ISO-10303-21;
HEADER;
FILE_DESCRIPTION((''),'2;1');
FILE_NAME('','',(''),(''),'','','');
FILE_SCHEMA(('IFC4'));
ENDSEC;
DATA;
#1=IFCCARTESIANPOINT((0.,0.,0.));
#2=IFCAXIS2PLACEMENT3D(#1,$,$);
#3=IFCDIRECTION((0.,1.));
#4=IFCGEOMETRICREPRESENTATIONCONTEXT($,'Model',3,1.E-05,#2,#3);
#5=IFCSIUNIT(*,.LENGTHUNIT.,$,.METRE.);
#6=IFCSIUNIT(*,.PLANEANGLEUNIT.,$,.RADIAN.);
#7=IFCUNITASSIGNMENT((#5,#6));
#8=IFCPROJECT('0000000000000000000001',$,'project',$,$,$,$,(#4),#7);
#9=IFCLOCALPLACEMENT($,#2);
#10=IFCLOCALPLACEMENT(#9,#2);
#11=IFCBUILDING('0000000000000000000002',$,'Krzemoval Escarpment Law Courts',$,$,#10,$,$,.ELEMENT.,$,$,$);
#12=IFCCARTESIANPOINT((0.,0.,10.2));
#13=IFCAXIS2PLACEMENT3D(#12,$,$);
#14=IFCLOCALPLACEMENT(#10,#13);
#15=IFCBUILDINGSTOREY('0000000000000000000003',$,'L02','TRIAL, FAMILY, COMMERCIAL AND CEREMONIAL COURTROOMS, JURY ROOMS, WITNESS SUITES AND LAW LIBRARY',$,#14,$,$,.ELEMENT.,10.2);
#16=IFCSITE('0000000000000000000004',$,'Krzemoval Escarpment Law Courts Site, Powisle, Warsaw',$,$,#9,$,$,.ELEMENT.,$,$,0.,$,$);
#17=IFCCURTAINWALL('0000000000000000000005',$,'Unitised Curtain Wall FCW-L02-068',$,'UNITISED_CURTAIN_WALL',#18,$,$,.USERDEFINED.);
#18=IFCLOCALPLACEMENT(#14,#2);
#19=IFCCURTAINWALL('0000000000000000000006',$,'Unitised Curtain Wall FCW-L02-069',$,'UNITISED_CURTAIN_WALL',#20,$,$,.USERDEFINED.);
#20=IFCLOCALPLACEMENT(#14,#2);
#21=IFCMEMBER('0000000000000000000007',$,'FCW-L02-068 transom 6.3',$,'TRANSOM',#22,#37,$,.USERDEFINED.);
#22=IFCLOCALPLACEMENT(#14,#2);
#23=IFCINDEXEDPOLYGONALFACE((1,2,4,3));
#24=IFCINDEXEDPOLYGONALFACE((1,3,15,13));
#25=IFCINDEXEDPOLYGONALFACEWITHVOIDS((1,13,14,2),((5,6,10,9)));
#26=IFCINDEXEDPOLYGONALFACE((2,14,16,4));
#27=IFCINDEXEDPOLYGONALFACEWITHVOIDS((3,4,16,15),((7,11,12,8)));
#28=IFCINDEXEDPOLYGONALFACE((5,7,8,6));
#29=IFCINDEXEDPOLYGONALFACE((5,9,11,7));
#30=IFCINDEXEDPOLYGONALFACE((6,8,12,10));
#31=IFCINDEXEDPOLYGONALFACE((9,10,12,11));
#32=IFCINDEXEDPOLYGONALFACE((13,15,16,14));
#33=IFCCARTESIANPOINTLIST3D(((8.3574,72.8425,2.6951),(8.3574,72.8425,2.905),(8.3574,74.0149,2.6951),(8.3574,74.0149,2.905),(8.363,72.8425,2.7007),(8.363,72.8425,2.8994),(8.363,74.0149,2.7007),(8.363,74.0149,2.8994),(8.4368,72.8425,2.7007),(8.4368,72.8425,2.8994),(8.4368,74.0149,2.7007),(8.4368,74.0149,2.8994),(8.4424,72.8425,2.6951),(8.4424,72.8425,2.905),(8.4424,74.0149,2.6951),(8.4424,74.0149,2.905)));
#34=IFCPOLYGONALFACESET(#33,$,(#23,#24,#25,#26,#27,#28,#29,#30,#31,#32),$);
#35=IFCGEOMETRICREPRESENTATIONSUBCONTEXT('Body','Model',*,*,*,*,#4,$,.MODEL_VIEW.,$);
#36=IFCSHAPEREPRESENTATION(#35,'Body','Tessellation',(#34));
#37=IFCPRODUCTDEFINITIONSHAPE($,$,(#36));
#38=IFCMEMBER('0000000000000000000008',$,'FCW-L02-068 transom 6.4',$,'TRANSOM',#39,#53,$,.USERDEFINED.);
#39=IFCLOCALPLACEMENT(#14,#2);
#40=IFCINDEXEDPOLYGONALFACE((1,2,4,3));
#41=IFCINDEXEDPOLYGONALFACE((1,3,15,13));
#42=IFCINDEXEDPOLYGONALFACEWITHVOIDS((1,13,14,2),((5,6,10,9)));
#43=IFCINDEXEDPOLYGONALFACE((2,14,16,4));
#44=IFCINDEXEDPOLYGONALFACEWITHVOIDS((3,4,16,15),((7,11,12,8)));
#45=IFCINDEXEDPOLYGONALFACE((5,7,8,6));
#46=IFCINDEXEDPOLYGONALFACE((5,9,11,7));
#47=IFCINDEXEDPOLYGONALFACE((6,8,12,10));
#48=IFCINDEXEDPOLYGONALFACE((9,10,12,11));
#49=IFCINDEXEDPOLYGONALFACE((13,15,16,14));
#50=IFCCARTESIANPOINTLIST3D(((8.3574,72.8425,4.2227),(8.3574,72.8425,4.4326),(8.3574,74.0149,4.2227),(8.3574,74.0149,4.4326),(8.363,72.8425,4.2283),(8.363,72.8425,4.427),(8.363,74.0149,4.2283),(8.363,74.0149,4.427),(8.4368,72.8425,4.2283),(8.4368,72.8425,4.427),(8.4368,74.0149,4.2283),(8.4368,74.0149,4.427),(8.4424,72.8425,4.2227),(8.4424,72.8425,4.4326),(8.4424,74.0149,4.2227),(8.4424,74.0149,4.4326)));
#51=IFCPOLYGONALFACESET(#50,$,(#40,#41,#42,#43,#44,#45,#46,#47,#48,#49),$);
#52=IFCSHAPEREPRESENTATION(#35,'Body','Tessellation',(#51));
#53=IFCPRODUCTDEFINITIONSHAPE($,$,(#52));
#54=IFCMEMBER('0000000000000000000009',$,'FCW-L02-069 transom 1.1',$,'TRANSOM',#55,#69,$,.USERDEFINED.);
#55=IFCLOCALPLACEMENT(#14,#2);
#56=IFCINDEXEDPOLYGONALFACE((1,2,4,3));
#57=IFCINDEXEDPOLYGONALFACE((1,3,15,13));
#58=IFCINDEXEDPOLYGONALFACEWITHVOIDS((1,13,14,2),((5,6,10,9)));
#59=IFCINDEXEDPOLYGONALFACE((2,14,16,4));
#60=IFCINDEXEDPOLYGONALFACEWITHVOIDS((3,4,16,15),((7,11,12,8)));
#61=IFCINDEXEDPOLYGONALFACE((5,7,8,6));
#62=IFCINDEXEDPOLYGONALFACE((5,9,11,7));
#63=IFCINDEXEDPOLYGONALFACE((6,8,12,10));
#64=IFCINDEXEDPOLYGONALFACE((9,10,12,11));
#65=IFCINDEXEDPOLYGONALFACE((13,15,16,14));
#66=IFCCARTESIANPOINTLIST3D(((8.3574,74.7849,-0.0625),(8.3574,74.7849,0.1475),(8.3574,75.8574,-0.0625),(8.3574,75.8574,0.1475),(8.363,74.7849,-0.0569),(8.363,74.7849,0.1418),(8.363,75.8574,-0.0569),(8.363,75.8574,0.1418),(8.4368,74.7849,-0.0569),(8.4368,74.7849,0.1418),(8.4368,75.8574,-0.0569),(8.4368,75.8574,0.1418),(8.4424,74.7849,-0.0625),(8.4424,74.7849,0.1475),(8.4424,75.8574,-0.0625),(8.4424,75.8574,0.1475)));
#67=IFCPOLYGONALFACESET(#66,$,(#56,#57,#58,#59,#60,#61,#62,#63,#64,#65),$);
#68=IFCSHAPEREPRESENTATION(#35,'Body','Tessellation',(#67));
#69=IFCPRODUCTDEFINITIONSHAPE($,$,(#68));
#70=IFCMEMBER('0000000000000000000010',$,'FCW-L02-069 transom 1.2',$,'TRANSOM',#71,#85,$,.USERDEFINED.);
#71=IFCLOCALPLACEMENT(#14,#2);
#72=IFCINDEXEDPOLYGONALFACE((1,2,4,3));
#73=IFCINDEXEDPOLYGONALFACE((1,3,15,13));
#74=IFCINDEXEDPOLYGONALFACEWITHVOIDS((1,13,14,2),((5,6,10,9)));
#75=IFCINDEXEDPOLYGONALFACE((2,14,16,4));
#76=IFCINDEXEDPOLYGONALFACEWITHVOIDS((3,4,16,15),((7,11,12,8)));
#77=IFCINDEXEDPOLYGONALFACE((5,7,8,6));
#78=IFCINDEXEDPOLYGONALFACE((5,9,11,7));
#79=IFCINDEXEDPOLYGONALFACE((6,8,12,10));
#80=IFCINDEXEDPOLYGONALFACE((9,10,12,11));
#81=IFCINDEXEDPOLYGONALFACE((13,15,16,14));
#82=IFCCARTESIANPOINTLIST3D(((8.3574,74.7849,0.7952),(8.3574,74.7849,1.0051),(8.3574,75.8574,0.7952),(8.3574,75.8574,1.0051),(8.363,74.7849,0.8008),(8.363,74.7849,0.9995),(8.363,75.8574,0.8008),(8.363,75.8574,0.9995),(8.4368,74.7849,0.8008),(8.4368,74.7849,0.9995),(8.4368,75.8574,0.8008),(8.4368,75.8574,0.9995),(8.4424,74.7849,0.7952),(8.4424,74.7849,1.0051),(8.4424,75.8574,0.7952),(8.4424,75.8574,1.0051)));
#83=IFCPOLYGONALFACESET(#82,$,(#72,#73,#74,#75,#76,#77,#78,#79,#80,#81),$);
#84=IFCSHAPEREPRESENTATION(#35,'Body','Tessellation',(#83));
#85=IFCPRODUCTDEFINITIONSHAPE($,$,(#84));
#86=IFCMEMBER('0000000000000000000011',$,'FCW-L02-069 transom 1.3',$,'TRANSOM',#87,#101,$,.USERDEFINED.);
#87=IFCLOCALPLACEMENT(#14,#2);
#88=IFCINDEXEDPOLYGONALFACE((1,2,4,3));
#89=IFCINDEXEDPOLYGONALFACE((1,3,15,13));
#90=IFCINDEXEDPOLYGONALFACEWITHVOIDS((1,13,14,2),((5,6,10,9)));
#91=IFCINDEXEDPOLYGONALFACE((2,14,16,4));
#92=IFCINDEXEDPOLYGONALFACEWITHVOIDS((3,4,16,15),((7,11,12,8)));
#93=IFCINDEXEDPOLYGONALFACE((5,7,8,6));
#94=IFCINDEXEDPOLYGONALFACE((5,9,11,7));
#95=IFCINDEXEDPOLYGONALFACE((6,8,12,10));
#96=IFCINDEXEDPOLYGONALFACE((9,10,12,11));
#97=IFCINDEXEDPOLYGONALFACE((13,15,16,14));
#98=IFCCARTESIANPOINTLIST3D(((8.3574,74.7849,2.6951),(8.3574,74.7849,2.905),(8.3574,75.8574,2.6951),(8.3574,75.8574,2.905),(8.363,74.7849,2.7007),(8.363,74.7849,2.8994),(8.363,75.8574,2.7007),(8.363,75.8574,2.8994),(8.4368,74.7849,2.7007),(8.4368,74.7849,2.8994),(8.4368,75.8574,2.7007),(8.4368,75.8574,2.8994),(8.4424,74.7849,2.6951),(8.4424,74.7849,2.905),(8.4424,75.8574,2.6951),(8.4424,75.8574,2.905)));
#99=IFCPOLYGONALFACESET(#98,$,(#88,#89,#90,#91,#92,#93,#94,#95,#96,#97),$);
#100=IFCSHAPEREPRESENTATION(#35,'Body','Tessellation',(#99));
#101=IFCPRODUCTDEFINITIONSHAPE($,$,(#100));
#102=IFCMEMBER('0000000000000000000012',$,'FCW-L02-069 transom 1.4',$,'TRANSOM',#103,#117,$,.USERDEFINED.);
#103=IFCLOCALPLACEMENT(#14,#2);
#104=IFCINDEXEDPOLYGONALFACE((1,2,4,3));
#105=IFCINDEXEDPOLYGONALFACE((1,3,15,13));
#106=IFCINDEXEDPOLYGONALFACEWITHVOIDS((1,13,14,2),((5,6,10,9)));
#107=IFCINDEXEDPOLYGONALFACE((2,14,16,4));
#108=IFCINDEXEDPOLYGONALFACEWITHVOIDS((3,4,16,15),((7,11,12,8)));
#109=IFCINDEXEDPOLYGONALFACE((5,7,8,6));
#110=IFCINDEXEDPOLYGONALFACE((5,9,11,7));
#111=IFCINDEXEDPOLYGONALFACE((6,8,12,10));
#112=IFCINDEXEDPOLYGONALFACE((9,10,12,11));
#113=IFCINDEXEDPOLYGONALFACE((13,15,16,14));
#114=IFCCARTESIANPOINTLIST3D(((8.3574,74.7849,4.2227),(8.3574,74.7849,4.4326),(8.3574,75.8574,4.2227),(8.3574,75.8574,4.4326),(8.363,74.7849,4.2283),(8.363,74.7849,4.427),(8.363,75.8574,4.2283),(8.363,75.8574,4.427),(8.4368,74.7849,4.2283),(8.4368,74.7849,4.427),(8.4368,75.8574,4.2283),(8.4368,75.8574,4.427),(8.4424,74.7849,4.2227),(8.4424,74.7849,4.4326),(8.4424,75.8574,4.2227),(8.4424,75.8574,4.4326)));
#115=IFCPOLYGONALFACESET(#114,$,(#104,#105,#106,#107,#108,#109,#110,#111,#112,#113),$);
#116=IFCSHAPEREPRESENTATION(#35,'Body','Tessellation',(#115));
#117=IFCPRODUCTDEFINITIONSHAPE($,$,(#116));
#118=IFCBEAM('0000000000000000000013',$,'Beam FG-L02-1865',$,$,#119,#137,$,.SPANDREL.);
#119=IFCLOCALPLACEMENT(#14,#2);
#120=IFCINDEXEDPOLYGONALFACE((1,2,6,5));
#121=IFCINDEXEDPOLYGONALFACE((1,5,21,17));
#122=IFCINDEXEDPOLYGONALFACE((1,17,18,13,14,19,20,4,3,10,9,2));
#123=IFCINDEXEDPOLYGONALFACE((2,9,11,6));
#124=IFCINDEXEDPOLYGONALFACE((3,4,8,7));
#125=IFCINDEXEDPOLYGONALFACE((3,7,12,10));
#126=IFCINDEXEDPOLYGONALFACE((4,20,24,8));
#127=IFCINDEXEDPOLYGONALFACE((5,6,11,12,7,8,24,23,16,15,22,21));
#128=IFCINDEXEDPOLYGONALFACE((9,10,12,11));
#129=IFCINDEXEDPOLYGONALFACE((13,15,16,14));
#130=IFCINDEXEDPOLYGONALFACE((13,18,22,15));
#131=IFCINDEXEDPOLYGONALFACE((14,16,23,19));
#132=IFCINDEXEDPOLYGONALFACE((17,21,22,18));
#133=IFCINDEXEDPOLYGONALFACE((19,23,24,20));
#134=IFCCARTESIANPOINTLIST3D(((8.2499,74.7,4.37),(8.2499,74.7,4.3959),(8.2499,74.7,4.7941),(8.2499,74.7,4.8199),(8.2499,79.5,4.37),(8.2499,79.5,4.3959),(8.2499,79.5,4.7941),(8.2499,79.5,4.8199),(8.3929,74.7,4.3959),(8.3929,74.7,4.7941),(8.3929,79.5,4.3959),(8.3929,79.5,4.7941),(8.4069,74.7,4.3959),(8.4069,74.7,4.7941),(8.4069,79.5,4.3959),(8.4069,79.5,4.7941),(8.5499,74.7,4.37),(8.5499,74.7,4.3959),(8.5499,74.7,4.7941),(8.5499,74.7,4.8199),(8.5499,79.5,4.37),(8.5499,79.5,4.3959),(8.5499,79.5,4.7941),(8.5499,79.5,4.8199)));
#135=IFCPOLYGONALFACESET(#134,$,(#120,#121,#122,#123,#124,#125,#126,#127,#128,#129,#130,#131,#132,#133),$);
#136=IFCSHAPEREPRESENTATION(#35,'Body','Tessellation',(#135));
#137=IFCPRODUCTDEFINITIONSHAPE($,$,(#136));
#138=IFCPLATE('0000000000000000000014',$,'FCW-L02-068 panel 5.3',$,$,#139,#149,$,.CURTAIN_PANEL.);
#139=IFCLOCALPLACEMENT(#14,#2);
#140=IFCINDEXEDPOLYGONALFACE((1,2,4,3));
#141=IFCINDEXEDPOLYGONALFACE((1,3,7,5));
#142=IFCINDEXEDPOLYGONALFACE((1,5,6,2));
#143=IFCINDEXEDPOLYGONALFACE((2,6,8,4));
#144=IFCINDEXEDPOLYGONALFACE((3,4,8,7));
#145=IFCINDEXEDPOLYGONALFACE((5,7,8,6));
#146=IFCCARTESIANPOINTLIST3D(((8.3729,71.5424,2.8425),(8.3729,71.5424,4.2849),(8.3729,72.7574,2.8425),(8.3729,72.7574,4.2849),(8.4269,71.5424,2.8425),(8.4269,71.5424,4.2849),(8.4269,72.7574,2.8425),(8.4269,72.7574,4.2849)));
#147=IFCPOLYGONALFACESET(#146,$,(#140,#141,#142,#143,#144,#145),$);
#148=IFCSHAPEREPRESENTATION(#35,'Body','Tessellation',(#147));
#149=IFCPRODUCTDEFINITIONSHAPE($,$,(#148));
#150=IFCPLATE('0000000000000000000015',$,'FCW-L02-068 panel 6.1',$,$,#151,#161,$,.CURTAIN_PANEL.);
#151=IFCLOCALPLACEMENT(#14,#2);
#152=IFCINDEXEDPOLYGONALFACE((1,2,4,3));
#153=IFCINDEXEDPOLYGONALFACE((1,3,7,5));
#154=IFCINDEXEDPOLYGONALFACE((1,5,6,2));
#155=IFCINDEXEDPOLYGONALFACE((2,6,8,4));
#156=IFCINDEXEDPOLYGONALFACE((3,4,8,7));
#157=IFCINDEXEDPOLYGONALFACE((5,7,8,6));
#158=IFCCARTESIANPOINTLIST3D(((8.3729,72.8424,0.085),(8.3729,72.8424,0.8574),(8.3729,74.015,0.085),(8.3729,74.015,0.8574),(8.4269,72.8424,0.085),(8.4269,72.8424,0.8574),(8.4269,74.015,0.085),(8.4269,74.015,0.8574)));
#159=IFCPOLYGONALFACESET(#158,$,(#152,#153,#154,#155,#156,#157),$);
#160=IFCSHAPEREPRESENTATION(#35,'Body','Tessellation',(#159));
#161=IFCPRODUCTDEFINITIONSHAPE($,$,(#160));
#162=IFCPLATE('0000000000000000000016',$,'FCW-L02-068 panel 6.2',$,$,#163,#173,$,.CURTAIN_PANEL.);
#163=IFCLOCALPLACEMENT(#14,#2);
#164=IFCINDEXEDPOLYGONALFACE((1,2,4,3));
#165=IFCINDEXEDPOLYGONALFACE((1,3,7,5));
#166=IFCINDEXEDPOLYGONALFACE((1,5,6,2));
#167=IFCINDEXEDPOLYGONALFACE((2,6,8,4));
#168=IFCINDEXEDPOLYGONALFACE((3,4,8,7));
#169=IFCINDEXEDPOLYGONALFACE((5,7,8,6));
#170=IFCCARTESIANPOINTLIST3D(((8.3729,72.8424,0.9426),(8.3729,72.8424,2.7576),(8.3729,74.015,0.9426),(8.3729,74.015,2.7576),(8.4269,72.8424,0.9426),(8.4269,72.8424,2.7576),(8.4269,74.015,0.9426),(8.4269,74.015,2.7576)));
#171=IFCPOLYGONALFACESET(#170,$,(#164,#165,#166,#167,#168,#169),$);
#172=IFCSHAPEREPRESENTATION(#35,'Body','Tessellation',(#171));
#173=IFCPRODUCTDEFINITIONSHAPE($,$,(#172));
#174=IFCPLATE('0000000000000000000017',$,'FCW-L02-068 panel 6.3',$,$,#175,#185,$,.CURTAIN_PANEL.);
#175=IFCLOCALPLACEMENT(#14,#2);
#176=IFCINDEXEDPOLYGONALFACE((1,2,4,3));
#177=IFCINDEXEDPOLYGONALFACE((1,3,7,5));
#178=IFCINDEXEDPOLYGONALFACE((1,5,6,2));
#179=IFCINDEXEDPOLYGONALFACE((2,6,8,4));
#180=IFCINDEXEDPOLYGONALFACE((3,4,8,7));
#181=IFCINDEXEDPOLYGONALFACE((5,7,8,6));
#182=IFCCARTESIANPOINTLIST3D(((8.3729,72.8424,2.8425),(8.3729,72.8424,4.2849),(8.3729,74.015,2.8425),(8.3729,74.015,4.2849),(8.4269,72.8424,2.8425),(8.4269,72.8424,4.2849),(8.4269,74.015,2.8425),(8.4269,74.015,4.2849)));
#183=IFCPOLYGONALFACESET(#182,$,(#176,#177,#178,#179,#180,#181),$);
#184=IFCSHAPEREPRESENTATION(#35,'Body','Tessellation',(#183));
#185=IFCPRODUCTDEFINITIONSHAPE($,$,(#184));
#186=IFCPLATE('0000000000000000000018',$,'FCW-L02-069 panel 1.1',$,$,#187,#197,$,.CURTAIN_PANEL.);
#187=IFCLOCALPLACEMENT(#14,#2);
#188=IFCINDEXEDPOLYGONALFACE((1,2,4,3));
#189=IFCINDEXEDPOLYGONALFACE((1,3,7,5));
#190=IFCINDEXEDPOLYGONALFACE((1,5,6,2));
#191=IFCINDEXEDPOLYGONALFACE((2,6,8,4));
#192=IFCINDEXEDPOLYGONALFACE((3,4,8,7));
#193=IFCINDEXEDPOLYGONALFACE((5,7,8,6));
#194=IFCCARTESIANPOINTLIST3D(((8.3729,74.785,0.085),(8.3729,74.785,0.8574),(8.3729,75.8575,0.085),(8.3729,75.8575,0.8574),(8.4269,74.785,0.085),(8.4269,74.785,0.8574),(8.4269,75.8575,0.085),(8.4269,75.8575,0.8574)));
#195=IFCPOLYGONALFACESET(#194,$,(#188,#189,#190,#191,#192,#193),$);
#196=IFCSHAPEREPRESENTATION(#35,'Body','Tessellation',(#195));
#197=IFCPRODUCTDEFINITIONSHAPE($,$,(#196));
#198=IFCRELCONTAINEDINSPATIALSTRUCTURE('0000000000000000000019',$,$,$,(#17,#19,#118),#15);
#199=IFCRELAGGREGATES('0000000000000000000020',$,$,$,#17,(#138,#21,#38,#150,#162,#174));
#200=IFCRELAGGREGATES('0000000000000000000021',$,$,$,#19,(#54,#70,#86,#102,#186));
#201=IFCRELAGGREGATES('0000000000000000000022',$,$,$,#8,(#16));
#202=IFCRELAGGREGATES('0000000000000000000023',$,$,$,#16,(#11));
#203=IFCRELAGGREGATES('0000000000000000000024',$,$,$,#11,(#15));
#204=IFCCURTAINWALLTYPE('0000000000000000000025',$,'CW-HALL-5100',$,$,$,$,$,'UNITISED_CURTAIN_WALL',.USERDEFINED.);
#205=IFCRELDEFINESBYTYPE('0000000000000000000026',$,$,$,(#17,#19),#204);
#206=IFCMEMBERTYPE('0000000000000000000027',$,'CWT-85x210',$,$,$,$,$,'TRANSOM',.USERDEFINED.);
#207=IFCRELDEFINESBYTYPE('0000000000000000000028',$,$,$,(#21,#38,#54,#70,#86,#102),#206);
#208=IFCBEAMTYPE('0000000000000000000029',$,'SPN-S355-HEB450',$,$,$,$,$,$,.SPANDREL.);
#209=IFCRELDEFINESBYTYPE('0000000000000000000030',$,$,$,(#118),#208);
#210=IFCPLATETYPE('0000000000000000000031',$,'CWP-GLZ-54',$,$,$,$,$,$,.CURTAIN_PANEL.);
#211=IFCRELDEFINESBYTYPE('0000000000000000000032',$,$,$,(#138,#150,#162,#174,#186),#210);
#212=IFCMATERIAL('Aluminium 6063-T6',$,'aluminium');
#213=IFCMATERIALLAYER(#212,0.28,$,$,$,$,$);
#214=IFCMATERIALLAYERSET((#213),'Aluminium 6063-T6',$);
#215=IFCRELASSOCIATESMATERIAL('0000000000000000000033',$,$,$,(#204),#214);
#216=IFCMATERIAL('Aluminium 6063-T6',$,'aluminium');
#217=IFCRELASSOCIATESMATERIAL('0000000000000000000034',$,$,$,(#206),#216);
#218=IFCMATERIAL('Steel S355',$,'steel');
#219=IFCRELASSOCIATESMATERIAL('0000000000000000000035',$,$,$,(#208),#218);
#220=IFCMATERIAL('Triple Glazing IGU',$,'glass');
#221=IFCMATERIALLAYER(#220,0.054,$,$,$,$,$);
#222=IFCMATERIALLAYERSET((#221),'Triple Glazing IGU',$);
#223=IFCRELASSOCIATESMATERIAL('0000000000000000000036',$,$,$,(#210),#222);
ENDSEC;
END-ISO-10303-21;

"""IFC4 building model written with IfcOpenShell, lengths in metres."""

from ifc_helpers import new_model, si_unit, direction, frame, origin, origin_2d, place, context, subcontext, project, spatial, rectangle, hollow_rectangle, i_section, extrude, material, layer, layer_set, material_profile, profile_set, type_object, element, aggregate, save


model = new_model("IFC4")

# Units and contexts
model_context = context("Model", 3, precision=1e-05, world=origin(), true_north=direction((0.0, 1.0)))
body_context = subcontext(model_context, "Body", "Model", "MODEL_VIEW")
ifc_project = project(units=[si_unit("LENGTHUNIT", "METRE"), si_unit("PLANEANGLEUNIT", "RADIAN")], contexts=[model_context])

# Site, building, storey
site_placement = place(None, origin())
site = spatial("IfcSite", under=ifc_project, at=site_placement, Name="Krzemoval Escarpment Law Courts Site, Powisle, Warsaw", CompositionType="ELEMENT", RefElevation=0.0)
building_placement = place(site_placement, origin())
building = spatial("IfcBuilding", under=site, at=building_placement, Name="Krzemoval Escarpment Law Courts", CompositionType="ELEMENT")
storey_placement = place(building_placement, frame((0.0, 0.0, 10.2)))
storey = spatial("IfcBuildingStorey", under=building, at=storey_placement, Name="L02", Description="TRIAL, FAMILY, COMMERCIAL AND CEREMONIAL COURTROOMS, JURY ROOMS, WITNESS SUITES AND LAW LIBRARY", CompositionType="ELEMENT", Elevation=10.2)

# Curtain wall
ifc_material_1 = material(Name="Aluminium 6063-T6", Category="aluminium")
ifc_layer_1 = layer(ifc_material_1, 0.28)
ifc_layer_set_1 = layer_set([ifc_layer_1], Name="Aluminium 6063-T6")
curtain_wall_type = type_object("IfcCurtainWallType", Name="CW-HALL-5100", ElementType="UNITISED_CURTAIN_WALL", PredefinedType="USERDEFINED", material=ifc_layer_set_1)
curtain_wall_1_placement = place(storey_placement, origin())
curtain_wall_1 = element("IfcCurtainWall", 1, at=curtain_wall_1_placement, inside=storey, type_object=curtain_wall_type, Name="Unitised Curtain Wall FCW-L02-068", ObjectType="UNITISED_CURTAIN_WALL", PredefinedType="USERDEFINED")

# Curtain wall
curtain_wall_2_placement = place(storey_placement, origin())
curtain_wall_2 = element("IfcCurtainWall", 2, at=curtain_wall_2_placement, inside=storey, type_object=curtain_wall_type, Name="Unitised Curtain Wall FCW-L02-069", ObjectType="UNITISED_CURTAIN_WALL", PredefinedType="USERDEFINED")

# Members
ifc_material_2 = material(Name="Aluminium 6063-T6", Category="aluminium")
ifc_material_profile_1 = material_profile(ifc_material_2, hollow_rectangle(XDim=0.085, YDim=0.21, WallThickness=0.0056, at=origin_2d()), Name="ALU T85x210")
ifc_profile_set_1 = profile_set([ifc_material_profile_1], Name="Aluminium 6063-T6")
member_type_1 = type_object("IfcMemberType", Name="CWT-85x210", ElementType="TRANSOM", PredefinedType="USERDEFINED", material=ifc_profile_set_1)
member_1_placement = place(storey_placement, frame((8.3999, 72.8425, 2.8), z_axis=(0.0, 1.0, 0.0), x_axis=(-1.0, 0.0, 0.0)))
member_1 = element("IfcMember", 3, at=member_1_placement, type_object=member_type_1, Name="FCW-L02-068 transom 6.3", ObjectType="TRANSOM", PredefinedType="USERDEFINED", context=body_context, shape_type="SweptSolid", body=[
    extrude(hollow_rectangle(XDim=0.085, YDim=0.21, WallThickness=0.0056, at=origin_2d()), origin(), (0.0, 0.0, 1.0), 1.1724),
])
member_2_placement = place(storey_placement, frame((8.3999, 72.8425, 4.3276), z_axis=(0.0, 1.0, 0.0), x_axis=(-1.0, 0.0, 0.0)))
member_2 = element("IfcMember", 4, at=member_2_placement, type_object=member_type_1, Name="FCW-L02-068 transom 6.4", ObjectType="TRANSOM", PredefinedType="USERDEFINED", context=body_context, shape_type="SweptSolid", body=[
    extrude(hollow_rectangle(XDim=0.085, YDim=0.21, WallThickness=0.0056, at=origin_2d()), origin(), (0.0, 0.0, 1.0), 1.1724),
])
member_3_placement = place(storey_placement, frame((8.3999, 74.7849, 0.0425), z_axis=(0.0, 1.0, 0.0), x_axis=(-1.0, 0.0, 0.0)))
member_3 = element("IfcMember", 5, at=member_3_placement, type_object=member_type_1, Name="FCW-L02-069 transom 1.1", ObjectType="TRANSOM", PredefinedType="USERDEFINED", context=body_context, shape_type="SweptSolid", body=[
    extrude(hollow_rectangle(XDim=0.085, YDim=0.21, WallThickness=0.0056, at=origin_2d()), origin(), (0.0, 0.0, 1.0), 1.0725),
])
member_4_placement = place(storey_placement, frame((8.3999, 74.7849, 0.9001), z_axis=(0.0, 1.0, 0.0), x_axis=(-1.0, 0.0, 0.0)))
member_4 = element("IfcMember", 6, at=member_4_placement, type_object=member_type_1, Name="FCW-L02-069 transom 1.2", ObjectType="TRANSOM", PredefinedType="USERDEFINED", context=body_context, shape_type="SweptSolid", body=[
    extrude(hollow_rectangle(XDim=0.085, YDim=0.21, WallThickness=0.0056, at=origin_2d()), origin(), (0.0, 0.0, 1.0), 1.0725),
])
member_5_placement = place(storey_placement, frame((8.3999, 74.7849, 2.8), z_axis=(0.0, 1.0, 0.0), x_axis=(-1.0, 0.0, 0.0)))
member_5 = element("IfcMember", 7, at=member_5_placement, type_object=member_type_1, Name="FCW-L02-069 transom 1.3", ObjectType="TRANSOM", PredefinedType="USERDEFINED", context=body_context, shape_type="SweptSolid", body=[
    extrude(hollow_rectangle(XDim=0.085, YDim=0.21, WallThickness=0.0056, at=origin_2d()), origin(), (0.0, 0.0, 1.0), 1.0725),
])
member_6_placement = place(storey_placement, frame((8.3999, 74.7849, 4.3276), z_axis=(0.0, 1.0, 0.0), x_axis=(-1.0, 0.0, 0.0)))
member_6 = element("IfcMember", 8, at=member_6_placement, type_object=member_type_1, Name="FCW-L02-069 transom 1.4", ObjectType="TRANSOM", PredefinedType="USERDEFINED", context=body_context, shape_type="SweptSolid", body=[
    extrude(hollow_rectangle(XDim=0.085, YDim=0.21, WallThickness=0.0056, at=origin_2d()), origin(), (0.0, 0.0, 1.0), 1.0725),
])

# Beam
ifc_material_3 = material(Name="Steel S355", Category="steel")
ifc_material_profile_2 = material_profile(ifc_material_3, i_section(OverallWidth=0.3, OverallDepth=0.45, WebThickness=0.0139, FlangeThickness=0.0259, at=origin_2d()), Name="HEB 450")
ifc_profile_set_2 = profile_set([ifc_material_profile_2], Name="Steel S355")
beam_type_1 = type_object("IfcBeamType", Name="SPN-S355-HEB450", PredefinedType="SPANDREL", material=ifc_profile_set_2)
beam_1_placement = place(storey_placement, frame((8.3999, 74.7, 4.595), z_axis=(0.0, 1.0, 0.0), x_axis=(-1.0, 0.0, 0.0)))
element("IfcBeam", 9, at=beam_1_placement, inside=storey, type_object=beam_type_1, Name="Beam FG-L02-1865", PredefinedType="SPANDREL", context=body_context, shape_type="SweptSolid", body=[
    extrude(i_section(OverallWidth=0.3, OverallDepth=0.45, WebThickness=0.0139, FlangeThickness=0.0259, at=origin_2d()), origin(), (0.0, 0.0, 1.0), 4.8),
])

# Plates
ifc_material_4 = material(Name="Triple Glazing IGU", Category="glass")
ifc_layer_2 = layer(ifc_material_4, 0.054)
ifc_layer_set_2 = layer_set([ifc_layer_2], Name="Triple Glazing IGU")
plate_type = type_object("IfcPlateType", Name="CWP-GLZ-54", PredefinedType="CURTAIN_PANEL", material=ifc_layer_set_2)
plate_1_placement = place(storey_placement, frame((8.3999, 72.1499, 2.8425), z_axis=(0.0, 0.0, 1.0), x_axis=(0.0, 1.0, 0.0)))
plate_1 = element("IfcPlate", 10, at=plate_1_placement, type_object=plate_type, Name="FCW-L02-068 panel 5.3", PredefinedType="CURTAIN_PANEL", context=body_context, shape_type="SweptSolid", body=[
    extrude(rectangle(XDim=1.2151, YDim=0.054, at=origin_2d()), origin(), (0.0, 0.0, 1.0), 1.4424),
])
plate_2_placement = place(storey_placement, frame((8.3999, 73.4287, 0.085), z_axis=(0.0, 0.0, 1.0), x_axis=(0.0, 1.0, 0.0)))
plate_2 = element("IfcPlate", 11, at=plate_2_placement, type_object=plate_type, Name="FCW-L02-068 panel 6.1", PredefinedType="CURTAIN_PANEL", context=body_context, shape_type="SweptSolid", body=[
    extrude(rectangle(XDim=1.1726, YDim=0.054, at=origin_2d()), origin(), (0.0, 0.0, 1.0), 0.7725),
])
plate_3_placement = place(storey_placement, frame((8.3999, 73.4287, 0.9426), z_axis=(0.0, 0.0, 1.0), x_axis=(0.0, 1.0, 0.0)))
plate_3 = element("IfcPlate", 12, at=plate_3_placement, type_object=plate_type, Name="FCW-L02-068 panel 6.2", PredefinedType="CURTAIN_PANEL", context=body_context, shape_type="SweptSolid", body=[
    extrude(rectangle(XDim=1.1726, YDim=0.054, at=origin_2d()), origin(), (0.0, 0.0, 1.0), 1.8149),
])
plate_4_placement = place(storey_placement, frame((8.3999, 73.4287, 2.8425), z_axis=(0.0, 0.0, 1.0), x_axis=(0.0, 1.0, 0.0)))
plate_4 = element("IfcPlate", 13, at=plate_4_placement, type_object=plate_type, Name="FCW-L02-068 panel 6.3", PredefinedType="CURTAIN_PANEL", context=body_context, shape_type="SweptSolid", body=[
    extrude(rectangle(XDim=1.1726, YDim=0.054, at=origin_2d()), origin(), (0.0, 0.0, 1.0), 1.4424),
])
aggregate(curtain_wall_1, [plate_1, member_1, member_2, plate_2, plate_3, plate_4])
plate_5_placement = place(storey_placement, frame((8.3999, 75.3213, 0.085), z_axis=(0.0, 0.0, 1.0), x_axis=(0.0, 1.0, 0.0)))
plate_5 = element("IfcPlate", 14, at=plate_5_placement, type_object=plate_type, Name="FCW-L02-069 panel 1.1", PredefinedType="CURTAIN_PANEL", context=body_context, shape_type="SweptSolid", body=[
    extrude(rectangle(XDim=1.0725, YDim=0.054, at=origin_2d()), origin(), (0.0, 0.0, 1.0), 0.7725),
])
aggregate(curtain_wall_2, [member_3, member_4, member_5, member_6, plate_5])

save(model, "model.ifc")
